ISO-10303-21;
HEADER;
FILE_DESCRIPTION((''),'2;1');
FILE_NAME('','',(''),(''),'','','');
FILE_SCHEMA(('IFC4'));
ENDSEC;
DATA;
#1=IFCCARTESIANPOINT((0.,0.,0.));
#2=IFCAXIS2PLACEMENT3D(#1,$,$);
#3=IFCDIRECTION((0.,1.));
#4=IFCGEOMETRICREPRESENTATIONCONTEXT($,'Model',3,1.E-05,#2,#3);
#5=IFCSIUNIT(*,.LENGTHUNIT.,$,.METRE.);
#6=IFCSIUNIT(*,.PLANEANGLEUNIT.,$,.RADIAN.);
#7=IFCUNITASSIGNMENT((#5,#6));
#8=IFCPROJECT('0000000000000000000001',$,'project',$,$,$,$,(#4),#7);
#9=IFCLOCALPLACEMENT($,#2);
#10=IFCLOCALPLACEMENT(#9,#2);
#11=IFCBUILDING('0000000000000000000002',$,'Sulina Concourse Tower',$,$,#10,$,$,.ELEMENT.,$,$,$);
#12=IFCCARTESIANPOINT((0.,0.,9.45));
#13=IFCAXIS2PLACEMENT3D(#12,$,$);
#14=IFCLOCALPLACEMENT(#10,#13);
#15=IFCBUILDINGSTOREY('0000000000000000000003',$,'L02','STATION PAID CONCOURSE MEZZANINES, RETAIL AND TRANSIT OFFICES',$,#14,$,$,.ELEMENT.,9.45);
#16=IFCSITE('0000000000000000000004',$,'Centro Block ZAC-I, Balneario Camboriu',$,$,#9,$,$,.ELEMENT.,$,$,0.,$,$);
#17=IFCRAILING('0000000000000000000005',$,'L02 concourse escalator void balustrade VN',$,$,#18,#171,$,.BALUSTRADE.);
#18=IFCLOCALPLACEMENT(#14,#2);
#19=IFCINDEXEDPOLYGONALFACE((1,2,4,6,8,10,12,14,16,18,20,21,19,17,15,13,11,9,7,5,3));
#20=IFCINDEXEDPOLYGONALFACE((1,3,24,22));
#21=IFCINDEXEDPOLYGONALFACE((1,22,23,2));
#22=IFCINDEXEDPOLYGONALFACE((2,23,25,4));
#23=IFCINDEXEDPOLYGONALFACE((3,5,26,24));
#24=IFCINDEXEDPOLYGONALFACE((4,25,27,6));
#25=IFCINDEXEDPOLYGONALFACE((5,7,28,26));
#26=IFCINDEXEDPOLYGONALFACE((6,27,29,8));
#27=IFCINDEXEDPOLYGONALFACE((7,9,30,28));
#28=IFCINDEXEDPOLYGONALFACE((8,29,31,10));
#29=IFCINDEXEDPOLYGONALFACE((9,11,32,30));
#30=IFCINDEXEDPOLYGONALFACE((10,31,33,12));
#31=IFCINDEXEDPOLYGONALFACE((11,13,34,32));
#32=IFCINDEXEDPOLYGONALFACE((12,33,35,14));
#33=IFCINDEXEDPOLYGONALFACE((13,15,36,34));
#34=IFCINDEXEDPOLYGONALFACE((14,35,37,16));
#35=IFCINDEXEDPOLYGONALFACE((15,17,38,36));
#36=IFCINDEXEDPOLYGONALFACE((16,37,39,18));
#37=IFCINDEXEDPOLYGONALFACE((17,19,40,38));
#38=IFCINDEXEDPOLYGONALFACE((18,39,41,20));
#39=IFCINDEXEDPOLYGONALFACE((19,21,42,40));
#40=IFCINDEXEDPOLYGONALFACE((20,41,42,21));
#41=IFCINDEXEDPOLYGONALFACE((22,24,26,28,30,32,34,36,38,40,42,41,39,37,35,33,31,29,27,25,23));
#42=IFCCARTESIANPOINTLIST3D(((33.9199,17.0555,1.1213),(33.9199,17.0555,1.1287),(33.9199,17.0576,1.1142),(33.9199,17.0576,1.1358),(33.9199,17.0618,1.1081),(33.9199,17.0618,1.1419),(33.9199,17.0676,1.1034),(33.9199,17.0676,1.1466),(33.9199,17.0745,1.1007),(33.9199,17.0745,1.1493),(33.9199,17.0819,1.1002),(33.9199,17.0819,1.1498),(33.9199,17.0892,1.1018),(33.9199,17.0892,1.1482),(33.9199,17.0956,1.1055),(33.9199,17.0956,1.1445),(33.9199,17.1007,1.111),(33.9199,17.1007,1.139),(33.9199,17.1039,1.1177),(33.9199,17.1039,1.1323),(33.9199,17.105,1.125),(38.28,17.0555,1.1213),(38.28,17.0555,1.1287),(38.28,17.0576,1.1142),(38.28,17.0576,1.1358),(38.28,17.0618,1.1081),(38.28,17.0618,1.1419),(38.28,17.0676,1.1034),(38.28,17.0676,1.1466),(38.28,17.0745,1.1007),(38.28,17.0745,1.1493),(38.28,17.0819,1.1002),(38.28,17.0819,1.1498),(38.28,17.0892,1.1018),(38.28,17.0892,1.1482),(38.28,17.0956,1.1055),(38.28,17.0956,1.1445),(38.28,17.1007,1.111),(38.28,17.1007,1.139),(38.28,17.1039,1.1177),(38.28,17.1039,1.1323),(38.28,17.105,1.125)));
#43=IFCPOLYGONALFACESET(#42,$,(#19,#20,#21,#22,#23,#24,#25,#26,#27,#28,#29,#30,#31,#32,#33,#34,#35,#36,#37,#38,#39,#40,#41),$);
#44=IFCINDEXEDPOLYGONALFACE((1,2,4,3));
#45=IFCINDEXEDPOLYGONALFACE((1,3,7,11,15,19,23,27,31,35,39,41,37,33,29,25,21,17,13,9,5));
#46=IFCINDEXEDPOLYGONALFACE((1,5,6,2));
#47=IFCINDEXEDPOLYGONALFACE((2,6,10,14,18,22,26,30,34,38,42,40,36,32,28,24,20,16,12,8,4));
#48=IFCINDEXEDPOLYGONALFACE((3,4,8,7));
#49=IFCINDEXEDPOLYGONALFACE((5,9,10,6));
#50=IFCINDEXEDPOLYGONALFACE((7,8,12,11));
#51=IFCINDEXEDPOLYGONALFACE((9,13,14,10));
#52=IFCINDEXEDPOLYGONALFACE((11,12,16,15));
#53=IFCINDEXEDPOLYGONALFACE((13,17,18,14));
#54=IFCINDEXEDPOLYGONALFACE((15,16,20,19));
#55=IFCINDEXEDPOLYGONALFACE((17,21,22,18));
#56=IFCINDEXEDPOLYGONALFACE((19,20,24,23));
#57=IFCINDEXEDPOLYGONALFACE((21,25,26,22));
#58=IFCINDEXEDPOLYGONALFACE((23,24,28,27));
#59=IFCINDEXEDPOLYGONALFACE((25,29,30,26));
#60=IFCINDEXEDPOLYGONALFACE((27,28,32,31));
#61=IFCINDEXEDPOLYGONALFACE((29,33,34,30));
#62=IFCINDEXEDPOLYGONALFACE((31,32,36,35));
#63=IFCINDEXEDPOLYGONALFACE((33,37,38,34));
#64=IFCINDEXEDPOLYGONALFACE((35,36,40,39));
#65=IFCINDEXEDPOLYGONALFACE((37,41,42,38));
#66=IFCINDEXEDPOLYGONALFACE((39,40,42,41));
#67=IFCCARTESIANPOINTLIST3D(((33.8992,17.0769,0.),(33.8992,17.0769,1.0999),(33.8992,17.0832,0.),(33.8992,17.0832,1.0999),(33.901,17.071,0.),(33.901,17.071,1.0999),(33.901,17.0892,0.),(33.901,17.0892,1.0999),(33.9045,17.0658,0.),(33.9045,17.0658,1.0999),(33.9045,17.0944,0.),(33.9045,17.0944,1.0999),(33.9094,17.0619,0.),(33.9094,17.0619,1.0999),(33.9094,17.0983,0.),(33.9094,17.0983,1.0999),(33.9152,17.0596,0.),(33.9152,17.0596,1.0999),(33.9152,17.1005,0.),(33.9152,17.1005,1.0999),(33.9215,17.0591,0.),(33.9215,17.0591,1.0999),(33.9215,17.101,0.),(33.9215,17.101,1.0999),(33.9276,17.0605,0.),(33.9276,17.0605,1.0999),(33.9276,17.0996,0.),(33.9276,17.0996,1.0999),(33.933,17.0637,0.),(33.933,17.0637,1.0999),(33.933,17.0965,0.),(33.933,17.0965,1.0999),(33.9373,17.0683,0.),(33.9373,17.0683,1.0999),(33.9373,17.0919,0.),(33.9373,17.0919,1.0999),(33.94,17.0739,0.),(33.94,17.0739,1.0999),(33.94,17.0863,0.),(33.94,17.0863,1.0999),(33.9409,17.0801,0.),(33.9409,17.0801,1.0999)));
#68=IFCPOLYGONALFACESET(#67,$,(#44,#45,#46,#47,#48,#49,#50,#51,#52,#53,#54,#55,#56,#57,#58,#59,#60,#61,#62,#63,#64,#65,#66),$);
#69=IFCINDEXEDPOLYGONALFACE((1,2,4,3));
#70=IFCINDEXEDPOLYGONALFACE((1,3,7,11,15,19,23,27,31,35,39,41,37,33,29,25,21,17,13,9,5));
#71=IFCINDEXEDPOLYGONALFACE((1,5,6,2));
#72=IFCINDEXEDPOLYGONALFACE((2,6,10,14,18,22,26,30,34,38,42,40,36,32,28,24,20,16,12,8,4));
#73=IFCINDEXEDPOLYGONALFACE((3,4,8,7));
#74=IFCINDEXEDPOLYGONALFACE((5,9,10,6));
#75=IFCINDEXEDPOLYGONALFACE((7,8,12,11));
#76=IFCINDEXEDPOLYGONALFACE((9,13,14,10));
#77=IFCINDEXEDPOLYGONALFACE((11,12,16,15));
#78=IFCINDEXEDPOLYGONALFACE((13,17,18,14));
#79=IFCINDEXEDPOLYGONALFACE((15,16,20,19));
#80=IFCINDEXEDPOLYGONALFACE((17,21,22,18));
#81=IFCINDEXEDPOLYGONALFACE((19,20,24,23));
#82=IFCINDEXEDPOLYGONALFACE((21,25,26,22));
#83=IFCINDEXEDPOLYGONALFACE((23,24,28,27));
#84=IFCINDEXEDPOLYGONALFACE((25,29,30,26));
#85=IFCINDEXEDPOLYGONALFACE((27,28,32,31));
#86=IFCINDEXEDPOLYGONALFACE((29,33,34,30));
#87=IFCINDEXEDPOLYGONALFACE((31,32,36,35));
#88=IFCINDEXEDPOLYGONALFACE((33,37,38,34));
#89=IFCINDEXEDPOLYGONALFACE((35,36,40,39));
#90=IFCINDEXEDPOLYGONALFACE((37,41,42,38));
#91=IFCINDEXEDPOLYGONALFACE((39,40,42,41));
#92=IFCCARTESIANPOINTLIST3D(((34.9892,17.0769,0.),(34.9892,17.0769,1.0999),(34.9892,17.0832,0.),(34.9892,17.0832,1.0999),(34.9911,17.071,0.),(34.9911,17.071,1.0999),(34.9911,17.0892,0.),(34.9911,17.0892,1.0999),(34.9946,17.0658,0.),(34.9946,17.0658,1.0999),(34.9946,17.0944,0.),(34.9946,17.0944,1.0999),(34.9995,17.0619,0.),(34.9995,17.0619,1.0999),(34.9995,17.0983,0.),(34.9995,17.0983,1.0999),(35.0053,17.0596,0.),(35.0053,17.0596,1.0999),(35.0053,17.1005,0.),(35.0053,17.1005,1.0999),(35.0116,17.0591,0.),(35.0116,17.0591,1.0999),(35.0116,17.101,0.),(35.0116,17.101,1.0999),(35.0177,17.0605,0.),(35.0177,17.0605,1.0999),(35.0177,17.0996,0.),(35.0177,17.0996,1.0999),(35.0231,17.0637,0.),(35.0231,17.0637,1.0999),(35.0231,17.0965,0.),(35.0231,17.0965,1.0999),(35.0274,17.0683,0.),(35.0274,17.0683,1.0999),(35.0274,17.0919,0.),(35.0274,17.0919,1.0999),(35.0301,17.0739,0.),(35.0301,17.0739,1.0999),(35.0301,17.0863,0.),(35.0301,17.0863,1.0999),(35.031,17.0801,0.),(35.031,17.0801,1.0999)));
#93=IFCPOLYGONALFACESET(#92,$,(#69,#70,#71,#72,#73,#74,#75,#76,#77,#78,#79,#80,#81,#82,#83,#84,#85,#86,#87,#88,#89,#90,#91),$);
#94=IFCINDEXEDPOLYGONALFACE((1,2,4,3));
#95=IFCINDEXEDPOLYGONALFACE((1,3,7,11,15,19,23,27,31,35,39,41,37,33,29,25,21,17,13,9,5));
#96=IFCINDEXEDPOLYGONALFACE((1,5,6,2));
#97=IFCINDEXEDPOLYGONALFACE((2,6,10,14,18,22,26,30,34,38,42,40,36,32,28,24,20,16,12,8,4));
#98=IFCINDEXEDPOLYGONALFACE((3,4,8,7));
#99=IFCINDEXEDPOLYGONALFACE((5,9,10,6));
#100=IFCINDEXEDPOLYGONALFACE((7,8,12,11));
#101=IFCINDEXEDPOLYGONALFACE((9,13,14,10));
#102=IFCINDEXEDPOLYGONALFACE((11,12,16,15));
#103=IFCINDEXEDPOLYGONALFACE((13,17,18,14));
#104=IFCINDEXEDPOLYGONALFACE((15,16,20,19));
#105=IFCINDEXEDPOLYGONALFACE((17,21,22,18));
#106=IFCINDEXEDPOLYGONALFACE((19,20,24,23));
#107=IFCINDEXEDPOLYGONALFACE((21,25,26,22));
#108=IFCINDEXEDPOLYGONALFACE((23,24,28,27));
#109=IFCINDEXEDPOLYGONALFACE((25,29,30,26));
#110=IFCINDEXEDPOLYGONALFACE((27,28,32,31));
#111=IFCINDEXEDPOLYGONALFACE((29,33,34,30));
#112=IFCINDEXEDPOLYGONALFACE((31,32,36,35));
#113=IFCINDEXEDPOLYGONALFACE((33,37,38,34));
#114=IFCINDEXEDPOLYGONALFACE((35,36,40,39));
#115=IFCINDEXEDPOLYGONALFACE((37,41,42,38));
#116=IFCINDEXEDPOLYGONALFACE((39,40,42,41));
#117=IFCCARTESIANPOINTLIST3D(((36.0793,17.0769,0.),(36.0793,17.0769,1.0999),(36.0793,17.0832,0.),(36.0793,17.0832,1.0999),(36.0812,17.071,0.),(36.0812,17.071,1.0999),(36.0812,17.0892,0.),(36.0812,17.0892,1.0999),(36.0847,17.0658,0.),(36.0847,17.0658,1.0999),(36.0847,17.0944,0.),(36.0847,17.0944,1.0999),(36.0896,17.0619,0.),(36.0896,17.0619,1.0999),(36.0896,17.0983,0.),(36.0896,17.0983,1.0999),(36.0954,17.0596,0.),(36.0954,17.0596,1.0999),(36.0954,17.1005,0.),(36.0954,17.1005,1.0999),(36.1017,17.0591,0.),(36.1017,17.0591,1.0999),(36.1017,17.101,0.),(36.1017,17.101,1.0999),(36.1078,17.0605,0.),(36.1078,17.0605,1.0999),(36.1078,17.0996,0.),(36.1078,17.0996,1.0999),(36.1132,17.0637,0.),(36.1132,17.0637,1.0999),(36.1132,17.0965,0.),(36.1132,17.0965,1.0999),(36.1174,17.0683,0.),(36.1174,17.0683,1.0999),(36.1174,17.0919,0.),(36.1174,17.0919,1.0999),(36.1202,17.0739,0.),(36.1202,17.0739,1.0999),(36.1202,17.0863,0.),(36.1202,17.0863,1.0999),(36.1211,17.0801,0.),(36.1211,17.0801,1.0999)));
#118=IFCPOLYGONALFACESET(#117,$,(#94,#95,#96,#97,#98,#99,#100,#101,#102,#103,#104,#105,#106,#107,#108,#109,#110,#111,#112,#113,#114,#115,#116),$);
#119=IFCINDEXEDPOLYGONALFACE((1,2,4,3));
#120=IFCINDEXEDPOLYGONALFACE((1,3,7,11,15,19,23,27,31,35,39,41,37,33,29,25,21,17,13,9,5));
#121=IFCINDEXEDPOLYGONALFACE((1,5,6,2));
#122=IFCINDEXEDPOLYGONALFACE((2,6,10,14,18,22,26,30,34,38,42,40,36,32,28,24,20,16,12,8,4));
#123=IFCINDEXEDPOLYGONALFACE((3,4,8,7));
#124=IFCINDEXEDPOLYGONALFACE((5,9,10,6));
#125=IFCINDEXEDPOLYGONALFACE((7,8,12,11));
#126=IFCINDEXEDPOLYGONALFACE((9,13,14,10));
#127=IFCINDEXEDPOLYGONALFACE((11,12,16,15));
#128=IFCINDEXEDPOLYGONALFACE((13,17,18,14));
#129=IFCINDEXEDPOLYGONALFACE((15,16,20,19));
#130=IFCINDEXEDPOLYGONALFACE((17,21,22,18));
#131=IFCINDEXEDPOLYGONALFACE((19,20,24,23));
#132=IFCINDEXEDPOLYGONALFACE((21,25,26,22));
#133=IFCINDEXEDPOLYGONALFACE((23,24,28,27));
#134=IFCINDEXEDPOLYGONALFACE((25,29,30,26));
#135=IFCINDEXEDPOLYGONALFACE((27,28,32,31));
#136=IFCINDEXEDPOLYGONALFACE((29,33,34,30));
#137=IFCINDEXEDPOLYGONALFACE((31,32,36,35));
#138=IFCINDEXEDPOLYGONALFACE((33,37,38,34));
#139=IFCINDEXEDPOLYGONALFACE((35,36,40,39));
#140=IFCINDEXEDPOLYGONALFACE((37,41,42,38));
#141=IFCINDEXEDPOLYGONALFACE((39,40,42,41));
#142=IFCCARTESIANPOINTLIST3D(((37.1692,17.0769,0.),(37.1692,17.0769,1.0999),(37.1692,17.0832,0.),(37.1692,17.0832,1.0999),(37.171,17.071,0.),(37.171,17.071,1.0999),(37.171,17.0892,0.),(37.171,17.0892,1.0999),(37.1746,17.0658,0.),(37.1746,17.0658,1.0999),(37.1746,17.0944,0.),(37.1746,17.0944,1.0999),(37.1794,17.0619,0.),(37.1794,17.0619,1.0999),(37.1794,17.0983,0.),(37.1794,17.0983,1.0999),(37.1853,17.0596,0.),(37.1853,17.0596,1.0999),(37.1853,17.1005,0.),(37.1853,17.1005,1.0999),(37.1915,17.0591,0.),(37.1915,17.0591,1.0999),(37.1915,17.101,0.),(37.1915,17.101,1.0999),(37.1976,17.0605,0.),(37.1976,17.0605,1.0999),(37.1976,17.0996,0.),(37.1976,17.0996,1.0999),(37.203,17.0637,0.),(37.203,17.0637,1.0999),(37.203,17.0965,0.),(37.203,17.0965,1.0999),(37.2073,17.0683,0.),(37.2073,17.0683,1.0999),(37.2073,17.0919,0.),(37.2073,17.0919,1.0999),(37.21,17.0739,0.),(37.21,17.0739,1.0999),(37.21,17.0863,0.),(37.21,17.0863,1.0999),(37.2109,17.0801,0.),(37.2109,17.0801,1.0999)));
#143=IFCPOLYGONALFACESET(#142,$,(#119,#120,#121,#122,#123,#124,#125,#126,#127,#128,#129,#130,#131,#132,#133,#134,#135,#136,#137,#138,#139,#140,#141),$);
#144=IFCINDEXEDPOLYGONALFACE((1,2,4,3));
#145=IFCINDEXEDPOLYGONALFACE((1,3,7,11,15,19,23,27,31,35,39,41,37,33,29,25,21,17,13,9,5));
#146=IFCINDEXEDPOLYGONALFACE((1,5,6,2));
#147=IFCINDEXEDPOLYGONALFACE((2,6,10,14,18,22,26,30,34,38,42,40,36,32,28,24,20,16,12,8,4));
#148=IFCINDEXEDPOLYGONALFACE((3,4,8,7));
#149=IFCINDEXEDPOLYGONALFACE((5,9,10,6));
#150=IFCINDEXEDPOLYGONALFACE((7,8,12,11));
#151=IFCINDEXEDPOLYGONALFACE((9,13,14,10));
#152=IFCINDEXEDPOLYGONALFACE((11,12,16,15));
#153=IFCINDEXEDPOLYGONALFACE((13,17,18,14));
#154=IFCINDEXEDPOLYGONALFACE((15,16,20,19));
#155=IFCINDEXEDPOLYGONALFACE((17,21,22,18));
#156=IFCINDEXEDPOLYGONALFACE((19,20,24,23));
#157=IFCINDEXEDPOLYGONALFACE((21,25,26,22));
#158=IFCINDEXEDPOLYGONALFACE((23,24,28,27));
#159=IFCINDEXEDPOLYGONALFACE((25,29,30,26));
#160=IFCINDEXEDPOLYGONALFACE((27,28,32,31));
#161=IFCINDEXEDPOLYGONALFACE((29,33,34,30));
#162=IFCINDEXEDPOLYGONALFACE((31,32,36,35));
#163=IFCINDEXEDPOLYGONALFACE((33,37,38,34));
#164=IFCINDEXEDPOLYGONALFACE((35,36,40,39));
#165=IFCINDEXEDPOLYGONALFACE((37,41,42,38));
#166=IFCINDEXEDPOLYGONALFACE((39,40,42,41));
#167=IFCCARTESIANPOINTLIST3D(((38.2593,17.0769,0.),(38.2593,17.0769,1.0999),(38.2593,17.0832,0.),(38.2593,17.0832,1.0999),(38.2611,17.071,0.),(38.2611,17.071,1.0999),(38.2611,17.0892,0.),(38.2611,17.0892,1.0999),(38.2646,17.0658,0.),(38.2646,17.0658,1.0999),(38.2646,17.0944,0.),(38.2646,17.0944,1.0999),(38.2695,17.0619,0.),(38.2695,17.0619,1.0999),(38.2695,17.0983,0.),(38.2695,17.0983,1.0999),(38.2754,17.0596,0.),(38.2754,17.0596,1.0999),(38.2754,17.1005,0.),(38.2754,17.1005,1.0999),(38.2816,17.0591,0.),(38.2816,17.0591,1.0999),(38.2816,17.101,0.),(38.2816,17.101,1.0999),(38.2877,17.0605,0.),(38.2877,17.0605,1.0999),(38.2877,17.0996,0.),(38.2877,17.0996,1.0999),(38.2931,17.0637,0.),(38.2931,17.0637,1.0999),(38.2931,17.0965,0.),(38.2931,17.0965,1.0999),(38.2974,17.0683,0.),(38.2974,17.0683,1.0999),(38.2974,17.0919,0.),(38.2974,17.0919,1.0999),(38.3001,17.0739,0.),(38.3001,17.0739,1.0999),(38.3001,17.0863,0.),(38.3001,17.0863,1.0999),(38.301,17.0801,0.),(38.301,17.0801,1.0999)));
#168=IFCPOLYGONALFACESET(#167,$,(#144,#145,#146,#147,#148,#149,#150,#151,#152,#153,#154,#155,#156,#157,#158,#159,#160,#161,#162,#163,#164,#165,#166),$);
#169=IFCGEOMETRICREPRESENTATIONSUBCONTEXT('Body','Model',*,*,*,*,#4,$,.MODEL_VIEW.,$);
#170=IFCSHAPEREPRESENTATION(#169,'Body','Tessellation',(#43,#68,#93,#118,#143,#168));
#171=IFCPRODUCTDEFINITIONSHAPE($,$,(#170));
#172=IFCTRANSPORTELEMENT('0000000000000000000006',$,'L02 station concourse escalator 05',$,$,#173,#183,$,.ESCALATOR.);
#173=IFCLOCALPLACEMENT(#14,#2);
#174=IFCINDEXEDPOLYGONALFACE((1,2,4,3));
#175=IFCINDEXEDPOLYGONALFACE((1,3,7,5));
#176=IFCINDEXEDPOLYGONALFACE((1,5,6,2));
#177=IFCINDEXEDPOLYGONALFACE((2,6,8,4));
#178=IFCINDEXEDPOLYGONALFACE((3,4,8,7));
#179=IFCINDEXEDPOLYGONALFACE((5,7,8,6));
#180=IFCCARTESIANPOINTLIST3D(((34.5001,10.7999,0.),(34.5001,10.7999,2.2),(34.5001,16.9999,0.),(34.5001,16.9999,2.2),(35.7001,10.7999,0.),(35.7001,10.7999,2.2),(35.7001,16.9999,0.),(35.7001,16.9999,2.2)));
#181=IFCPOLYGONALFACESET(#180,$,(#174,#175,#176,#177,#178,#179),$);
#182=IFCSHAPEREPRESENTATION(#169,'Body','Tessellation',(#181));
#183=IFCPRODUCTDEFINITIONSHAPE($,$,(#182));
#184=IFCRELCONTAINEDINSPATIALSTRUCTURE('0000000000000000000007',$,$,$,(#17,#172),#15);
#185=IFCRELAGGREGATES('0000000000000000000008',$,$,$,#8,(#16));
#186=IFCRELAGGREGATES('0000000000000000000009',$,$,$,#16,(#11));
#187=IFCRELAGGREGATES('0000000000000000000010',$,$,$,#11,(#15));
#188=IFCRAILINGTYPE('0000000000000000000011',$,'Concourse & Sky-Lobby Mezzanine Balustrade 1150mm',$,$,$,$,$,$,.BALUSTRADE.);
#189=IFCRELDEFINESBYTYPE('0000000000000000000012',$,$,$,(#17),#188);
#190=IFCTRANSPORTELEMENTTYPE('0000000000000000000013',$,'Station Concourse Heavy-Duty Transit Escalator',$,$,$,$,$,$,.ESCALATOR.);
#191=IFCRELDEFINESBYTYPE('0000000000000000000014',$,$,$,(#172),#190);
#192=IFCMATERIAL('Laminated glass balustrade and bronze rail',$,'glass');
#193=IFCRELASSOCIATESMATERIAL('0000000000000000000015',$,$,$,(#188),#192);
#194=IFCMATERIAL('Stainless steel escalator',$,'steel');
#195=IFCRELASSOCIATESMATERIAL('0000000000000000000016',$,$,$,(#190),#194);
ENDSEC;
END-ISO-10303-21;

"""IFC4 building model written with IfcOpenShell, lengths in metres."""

from ifc_helpers import new_model, si_unit, direction, frame, origin, origin_2d, place, context, subcontext, project, spatial, rectangle, circle, extrude, material, type_object, element, save


model = new_model("IFC4")

# Units and contexts
model_context = context("Model", 3, precision=1e-05, world=origin(), true_north=direction((0.0, 1.0)))
body_context = subcontext(model_context, "Body", "Model", "MODEL_VIEW")
ifc_project = project(units=[si_unit("LENGTHUNIT", "METRE"), si_unit("PLANEANGLEUNIT", "RADIAN")], contexts=[model_context])

# Site, building, storey
site_placement = place(None, origin())
site = spatial("IfcSite", under=ifc_project, at=site_placement, Name="Centro Block ZAC-I, Balneario Camboriu", CompositionType="ELEMENT", RefElevation=0.0)
building_placement = place(site_placement, origin())
building = spatial("IfcBuilding", under=site, at=building_placement, Name="Sulina Concourse Tower", CompositionType="ELEMENT")
storey_placement = place(building_placement, frame((0.0, 0.0, 9.45)))
storey = spatial("IfcBuildingStorey", under=building, at=storey_placement, Name="L02", Description="STATION PAID CONCOURSE MEZZANINES, RETAIL AND TRANSIT OFFICES", CompositionType="ELEMENT", Elevation=9.45)

# Railing
ifc_material_1 = material(Name="Laminated glass balustrade and bronze rail", Category="glass")
railing_type = type_object("IfcRailingType", Name="Concourse & Sky-Lobby Mezzanine Balustrade 1150mm", PredefinedType="BALUSTRADE", material=ifc_material_1)
for number, where, name in (
    (1, (33.9199, 17.0801, 0.0), "L02 concourse escalator void balustrade VN"),
):
    element("IfcRailing", number, at=place(storey_placement, frame(where)), inside=storey, type_object=railing_type, Name=name, PredefinedType="BALUSTRADE", context=body_context, shape_type="SweptSolid", body=[
        extrude(circle(Radius=0.0249, at=origin_2d()), frame((0.0, 0.0, 1.125), z_axis=(1.0, 0.0, 0.0), x_axis=(0.0, 1.0, 0.0)), (0.0, 0.0, 1.0), 4.3601),
        extrude(circle(Radius=0.021, at=origin_2d()), origin(), (0.0, 0.0, 1.0), 1.0999),
        extrude(circle(Radius=0.021, at=origin_2d()), frame((1.0901, 0.0, 0.0)), (0.0, 0.0, 1.0), 1.0999),
        extrude(circle(Radius=0.021, at=origin_2d()), frame((2.1802, 0.0, 0.0)), (0.0, 0.0, 1.0), 1.0999),
        extrude(circle(Radius=0.021, at=origin_2d()), frame((3.27, 0.0, 0.0)), (0.0, 0.0, 1.0), 1.0999),
        extrude(circle(Radius=0.021, at=origin_2d()), frame((4.3601, 0.0, 0.0)), (0.0, 0.0, 1.0), 1.0999),
    ])

# Transport element
ifc_material_2 = material(Name="Stainless steel escalator", Category="steel")
transport_element_type = type_object("IfcTransportElementType", Name="Station Concourse Heavy-Duty Transit Escalator", PredefinedType="ESCALATOR", material=ifc_material_2)
transport_element_placement = place(storey_placement, frame((35.1001, 13.8999, 0.0), z_axis=(0.0, 0.0, 1.0), x_axis=(1.0, 0.0, 0.0)))
element("IfcTransportElement", 2, at=transport_element_placement, inside=storey, type_object=transport_element_type, Name="L02 station concourse escalator 05", PredefinedType="ESCALATOR", context=body_context, shape_type="SweptSolid", body=[
    extrude(rectangle(XDim=1.2, YDim=6.2, at=origin_2d()), origin(), (0.0, 0.0, 1.0), 2.2),
])

save(model, "model.ifc")
